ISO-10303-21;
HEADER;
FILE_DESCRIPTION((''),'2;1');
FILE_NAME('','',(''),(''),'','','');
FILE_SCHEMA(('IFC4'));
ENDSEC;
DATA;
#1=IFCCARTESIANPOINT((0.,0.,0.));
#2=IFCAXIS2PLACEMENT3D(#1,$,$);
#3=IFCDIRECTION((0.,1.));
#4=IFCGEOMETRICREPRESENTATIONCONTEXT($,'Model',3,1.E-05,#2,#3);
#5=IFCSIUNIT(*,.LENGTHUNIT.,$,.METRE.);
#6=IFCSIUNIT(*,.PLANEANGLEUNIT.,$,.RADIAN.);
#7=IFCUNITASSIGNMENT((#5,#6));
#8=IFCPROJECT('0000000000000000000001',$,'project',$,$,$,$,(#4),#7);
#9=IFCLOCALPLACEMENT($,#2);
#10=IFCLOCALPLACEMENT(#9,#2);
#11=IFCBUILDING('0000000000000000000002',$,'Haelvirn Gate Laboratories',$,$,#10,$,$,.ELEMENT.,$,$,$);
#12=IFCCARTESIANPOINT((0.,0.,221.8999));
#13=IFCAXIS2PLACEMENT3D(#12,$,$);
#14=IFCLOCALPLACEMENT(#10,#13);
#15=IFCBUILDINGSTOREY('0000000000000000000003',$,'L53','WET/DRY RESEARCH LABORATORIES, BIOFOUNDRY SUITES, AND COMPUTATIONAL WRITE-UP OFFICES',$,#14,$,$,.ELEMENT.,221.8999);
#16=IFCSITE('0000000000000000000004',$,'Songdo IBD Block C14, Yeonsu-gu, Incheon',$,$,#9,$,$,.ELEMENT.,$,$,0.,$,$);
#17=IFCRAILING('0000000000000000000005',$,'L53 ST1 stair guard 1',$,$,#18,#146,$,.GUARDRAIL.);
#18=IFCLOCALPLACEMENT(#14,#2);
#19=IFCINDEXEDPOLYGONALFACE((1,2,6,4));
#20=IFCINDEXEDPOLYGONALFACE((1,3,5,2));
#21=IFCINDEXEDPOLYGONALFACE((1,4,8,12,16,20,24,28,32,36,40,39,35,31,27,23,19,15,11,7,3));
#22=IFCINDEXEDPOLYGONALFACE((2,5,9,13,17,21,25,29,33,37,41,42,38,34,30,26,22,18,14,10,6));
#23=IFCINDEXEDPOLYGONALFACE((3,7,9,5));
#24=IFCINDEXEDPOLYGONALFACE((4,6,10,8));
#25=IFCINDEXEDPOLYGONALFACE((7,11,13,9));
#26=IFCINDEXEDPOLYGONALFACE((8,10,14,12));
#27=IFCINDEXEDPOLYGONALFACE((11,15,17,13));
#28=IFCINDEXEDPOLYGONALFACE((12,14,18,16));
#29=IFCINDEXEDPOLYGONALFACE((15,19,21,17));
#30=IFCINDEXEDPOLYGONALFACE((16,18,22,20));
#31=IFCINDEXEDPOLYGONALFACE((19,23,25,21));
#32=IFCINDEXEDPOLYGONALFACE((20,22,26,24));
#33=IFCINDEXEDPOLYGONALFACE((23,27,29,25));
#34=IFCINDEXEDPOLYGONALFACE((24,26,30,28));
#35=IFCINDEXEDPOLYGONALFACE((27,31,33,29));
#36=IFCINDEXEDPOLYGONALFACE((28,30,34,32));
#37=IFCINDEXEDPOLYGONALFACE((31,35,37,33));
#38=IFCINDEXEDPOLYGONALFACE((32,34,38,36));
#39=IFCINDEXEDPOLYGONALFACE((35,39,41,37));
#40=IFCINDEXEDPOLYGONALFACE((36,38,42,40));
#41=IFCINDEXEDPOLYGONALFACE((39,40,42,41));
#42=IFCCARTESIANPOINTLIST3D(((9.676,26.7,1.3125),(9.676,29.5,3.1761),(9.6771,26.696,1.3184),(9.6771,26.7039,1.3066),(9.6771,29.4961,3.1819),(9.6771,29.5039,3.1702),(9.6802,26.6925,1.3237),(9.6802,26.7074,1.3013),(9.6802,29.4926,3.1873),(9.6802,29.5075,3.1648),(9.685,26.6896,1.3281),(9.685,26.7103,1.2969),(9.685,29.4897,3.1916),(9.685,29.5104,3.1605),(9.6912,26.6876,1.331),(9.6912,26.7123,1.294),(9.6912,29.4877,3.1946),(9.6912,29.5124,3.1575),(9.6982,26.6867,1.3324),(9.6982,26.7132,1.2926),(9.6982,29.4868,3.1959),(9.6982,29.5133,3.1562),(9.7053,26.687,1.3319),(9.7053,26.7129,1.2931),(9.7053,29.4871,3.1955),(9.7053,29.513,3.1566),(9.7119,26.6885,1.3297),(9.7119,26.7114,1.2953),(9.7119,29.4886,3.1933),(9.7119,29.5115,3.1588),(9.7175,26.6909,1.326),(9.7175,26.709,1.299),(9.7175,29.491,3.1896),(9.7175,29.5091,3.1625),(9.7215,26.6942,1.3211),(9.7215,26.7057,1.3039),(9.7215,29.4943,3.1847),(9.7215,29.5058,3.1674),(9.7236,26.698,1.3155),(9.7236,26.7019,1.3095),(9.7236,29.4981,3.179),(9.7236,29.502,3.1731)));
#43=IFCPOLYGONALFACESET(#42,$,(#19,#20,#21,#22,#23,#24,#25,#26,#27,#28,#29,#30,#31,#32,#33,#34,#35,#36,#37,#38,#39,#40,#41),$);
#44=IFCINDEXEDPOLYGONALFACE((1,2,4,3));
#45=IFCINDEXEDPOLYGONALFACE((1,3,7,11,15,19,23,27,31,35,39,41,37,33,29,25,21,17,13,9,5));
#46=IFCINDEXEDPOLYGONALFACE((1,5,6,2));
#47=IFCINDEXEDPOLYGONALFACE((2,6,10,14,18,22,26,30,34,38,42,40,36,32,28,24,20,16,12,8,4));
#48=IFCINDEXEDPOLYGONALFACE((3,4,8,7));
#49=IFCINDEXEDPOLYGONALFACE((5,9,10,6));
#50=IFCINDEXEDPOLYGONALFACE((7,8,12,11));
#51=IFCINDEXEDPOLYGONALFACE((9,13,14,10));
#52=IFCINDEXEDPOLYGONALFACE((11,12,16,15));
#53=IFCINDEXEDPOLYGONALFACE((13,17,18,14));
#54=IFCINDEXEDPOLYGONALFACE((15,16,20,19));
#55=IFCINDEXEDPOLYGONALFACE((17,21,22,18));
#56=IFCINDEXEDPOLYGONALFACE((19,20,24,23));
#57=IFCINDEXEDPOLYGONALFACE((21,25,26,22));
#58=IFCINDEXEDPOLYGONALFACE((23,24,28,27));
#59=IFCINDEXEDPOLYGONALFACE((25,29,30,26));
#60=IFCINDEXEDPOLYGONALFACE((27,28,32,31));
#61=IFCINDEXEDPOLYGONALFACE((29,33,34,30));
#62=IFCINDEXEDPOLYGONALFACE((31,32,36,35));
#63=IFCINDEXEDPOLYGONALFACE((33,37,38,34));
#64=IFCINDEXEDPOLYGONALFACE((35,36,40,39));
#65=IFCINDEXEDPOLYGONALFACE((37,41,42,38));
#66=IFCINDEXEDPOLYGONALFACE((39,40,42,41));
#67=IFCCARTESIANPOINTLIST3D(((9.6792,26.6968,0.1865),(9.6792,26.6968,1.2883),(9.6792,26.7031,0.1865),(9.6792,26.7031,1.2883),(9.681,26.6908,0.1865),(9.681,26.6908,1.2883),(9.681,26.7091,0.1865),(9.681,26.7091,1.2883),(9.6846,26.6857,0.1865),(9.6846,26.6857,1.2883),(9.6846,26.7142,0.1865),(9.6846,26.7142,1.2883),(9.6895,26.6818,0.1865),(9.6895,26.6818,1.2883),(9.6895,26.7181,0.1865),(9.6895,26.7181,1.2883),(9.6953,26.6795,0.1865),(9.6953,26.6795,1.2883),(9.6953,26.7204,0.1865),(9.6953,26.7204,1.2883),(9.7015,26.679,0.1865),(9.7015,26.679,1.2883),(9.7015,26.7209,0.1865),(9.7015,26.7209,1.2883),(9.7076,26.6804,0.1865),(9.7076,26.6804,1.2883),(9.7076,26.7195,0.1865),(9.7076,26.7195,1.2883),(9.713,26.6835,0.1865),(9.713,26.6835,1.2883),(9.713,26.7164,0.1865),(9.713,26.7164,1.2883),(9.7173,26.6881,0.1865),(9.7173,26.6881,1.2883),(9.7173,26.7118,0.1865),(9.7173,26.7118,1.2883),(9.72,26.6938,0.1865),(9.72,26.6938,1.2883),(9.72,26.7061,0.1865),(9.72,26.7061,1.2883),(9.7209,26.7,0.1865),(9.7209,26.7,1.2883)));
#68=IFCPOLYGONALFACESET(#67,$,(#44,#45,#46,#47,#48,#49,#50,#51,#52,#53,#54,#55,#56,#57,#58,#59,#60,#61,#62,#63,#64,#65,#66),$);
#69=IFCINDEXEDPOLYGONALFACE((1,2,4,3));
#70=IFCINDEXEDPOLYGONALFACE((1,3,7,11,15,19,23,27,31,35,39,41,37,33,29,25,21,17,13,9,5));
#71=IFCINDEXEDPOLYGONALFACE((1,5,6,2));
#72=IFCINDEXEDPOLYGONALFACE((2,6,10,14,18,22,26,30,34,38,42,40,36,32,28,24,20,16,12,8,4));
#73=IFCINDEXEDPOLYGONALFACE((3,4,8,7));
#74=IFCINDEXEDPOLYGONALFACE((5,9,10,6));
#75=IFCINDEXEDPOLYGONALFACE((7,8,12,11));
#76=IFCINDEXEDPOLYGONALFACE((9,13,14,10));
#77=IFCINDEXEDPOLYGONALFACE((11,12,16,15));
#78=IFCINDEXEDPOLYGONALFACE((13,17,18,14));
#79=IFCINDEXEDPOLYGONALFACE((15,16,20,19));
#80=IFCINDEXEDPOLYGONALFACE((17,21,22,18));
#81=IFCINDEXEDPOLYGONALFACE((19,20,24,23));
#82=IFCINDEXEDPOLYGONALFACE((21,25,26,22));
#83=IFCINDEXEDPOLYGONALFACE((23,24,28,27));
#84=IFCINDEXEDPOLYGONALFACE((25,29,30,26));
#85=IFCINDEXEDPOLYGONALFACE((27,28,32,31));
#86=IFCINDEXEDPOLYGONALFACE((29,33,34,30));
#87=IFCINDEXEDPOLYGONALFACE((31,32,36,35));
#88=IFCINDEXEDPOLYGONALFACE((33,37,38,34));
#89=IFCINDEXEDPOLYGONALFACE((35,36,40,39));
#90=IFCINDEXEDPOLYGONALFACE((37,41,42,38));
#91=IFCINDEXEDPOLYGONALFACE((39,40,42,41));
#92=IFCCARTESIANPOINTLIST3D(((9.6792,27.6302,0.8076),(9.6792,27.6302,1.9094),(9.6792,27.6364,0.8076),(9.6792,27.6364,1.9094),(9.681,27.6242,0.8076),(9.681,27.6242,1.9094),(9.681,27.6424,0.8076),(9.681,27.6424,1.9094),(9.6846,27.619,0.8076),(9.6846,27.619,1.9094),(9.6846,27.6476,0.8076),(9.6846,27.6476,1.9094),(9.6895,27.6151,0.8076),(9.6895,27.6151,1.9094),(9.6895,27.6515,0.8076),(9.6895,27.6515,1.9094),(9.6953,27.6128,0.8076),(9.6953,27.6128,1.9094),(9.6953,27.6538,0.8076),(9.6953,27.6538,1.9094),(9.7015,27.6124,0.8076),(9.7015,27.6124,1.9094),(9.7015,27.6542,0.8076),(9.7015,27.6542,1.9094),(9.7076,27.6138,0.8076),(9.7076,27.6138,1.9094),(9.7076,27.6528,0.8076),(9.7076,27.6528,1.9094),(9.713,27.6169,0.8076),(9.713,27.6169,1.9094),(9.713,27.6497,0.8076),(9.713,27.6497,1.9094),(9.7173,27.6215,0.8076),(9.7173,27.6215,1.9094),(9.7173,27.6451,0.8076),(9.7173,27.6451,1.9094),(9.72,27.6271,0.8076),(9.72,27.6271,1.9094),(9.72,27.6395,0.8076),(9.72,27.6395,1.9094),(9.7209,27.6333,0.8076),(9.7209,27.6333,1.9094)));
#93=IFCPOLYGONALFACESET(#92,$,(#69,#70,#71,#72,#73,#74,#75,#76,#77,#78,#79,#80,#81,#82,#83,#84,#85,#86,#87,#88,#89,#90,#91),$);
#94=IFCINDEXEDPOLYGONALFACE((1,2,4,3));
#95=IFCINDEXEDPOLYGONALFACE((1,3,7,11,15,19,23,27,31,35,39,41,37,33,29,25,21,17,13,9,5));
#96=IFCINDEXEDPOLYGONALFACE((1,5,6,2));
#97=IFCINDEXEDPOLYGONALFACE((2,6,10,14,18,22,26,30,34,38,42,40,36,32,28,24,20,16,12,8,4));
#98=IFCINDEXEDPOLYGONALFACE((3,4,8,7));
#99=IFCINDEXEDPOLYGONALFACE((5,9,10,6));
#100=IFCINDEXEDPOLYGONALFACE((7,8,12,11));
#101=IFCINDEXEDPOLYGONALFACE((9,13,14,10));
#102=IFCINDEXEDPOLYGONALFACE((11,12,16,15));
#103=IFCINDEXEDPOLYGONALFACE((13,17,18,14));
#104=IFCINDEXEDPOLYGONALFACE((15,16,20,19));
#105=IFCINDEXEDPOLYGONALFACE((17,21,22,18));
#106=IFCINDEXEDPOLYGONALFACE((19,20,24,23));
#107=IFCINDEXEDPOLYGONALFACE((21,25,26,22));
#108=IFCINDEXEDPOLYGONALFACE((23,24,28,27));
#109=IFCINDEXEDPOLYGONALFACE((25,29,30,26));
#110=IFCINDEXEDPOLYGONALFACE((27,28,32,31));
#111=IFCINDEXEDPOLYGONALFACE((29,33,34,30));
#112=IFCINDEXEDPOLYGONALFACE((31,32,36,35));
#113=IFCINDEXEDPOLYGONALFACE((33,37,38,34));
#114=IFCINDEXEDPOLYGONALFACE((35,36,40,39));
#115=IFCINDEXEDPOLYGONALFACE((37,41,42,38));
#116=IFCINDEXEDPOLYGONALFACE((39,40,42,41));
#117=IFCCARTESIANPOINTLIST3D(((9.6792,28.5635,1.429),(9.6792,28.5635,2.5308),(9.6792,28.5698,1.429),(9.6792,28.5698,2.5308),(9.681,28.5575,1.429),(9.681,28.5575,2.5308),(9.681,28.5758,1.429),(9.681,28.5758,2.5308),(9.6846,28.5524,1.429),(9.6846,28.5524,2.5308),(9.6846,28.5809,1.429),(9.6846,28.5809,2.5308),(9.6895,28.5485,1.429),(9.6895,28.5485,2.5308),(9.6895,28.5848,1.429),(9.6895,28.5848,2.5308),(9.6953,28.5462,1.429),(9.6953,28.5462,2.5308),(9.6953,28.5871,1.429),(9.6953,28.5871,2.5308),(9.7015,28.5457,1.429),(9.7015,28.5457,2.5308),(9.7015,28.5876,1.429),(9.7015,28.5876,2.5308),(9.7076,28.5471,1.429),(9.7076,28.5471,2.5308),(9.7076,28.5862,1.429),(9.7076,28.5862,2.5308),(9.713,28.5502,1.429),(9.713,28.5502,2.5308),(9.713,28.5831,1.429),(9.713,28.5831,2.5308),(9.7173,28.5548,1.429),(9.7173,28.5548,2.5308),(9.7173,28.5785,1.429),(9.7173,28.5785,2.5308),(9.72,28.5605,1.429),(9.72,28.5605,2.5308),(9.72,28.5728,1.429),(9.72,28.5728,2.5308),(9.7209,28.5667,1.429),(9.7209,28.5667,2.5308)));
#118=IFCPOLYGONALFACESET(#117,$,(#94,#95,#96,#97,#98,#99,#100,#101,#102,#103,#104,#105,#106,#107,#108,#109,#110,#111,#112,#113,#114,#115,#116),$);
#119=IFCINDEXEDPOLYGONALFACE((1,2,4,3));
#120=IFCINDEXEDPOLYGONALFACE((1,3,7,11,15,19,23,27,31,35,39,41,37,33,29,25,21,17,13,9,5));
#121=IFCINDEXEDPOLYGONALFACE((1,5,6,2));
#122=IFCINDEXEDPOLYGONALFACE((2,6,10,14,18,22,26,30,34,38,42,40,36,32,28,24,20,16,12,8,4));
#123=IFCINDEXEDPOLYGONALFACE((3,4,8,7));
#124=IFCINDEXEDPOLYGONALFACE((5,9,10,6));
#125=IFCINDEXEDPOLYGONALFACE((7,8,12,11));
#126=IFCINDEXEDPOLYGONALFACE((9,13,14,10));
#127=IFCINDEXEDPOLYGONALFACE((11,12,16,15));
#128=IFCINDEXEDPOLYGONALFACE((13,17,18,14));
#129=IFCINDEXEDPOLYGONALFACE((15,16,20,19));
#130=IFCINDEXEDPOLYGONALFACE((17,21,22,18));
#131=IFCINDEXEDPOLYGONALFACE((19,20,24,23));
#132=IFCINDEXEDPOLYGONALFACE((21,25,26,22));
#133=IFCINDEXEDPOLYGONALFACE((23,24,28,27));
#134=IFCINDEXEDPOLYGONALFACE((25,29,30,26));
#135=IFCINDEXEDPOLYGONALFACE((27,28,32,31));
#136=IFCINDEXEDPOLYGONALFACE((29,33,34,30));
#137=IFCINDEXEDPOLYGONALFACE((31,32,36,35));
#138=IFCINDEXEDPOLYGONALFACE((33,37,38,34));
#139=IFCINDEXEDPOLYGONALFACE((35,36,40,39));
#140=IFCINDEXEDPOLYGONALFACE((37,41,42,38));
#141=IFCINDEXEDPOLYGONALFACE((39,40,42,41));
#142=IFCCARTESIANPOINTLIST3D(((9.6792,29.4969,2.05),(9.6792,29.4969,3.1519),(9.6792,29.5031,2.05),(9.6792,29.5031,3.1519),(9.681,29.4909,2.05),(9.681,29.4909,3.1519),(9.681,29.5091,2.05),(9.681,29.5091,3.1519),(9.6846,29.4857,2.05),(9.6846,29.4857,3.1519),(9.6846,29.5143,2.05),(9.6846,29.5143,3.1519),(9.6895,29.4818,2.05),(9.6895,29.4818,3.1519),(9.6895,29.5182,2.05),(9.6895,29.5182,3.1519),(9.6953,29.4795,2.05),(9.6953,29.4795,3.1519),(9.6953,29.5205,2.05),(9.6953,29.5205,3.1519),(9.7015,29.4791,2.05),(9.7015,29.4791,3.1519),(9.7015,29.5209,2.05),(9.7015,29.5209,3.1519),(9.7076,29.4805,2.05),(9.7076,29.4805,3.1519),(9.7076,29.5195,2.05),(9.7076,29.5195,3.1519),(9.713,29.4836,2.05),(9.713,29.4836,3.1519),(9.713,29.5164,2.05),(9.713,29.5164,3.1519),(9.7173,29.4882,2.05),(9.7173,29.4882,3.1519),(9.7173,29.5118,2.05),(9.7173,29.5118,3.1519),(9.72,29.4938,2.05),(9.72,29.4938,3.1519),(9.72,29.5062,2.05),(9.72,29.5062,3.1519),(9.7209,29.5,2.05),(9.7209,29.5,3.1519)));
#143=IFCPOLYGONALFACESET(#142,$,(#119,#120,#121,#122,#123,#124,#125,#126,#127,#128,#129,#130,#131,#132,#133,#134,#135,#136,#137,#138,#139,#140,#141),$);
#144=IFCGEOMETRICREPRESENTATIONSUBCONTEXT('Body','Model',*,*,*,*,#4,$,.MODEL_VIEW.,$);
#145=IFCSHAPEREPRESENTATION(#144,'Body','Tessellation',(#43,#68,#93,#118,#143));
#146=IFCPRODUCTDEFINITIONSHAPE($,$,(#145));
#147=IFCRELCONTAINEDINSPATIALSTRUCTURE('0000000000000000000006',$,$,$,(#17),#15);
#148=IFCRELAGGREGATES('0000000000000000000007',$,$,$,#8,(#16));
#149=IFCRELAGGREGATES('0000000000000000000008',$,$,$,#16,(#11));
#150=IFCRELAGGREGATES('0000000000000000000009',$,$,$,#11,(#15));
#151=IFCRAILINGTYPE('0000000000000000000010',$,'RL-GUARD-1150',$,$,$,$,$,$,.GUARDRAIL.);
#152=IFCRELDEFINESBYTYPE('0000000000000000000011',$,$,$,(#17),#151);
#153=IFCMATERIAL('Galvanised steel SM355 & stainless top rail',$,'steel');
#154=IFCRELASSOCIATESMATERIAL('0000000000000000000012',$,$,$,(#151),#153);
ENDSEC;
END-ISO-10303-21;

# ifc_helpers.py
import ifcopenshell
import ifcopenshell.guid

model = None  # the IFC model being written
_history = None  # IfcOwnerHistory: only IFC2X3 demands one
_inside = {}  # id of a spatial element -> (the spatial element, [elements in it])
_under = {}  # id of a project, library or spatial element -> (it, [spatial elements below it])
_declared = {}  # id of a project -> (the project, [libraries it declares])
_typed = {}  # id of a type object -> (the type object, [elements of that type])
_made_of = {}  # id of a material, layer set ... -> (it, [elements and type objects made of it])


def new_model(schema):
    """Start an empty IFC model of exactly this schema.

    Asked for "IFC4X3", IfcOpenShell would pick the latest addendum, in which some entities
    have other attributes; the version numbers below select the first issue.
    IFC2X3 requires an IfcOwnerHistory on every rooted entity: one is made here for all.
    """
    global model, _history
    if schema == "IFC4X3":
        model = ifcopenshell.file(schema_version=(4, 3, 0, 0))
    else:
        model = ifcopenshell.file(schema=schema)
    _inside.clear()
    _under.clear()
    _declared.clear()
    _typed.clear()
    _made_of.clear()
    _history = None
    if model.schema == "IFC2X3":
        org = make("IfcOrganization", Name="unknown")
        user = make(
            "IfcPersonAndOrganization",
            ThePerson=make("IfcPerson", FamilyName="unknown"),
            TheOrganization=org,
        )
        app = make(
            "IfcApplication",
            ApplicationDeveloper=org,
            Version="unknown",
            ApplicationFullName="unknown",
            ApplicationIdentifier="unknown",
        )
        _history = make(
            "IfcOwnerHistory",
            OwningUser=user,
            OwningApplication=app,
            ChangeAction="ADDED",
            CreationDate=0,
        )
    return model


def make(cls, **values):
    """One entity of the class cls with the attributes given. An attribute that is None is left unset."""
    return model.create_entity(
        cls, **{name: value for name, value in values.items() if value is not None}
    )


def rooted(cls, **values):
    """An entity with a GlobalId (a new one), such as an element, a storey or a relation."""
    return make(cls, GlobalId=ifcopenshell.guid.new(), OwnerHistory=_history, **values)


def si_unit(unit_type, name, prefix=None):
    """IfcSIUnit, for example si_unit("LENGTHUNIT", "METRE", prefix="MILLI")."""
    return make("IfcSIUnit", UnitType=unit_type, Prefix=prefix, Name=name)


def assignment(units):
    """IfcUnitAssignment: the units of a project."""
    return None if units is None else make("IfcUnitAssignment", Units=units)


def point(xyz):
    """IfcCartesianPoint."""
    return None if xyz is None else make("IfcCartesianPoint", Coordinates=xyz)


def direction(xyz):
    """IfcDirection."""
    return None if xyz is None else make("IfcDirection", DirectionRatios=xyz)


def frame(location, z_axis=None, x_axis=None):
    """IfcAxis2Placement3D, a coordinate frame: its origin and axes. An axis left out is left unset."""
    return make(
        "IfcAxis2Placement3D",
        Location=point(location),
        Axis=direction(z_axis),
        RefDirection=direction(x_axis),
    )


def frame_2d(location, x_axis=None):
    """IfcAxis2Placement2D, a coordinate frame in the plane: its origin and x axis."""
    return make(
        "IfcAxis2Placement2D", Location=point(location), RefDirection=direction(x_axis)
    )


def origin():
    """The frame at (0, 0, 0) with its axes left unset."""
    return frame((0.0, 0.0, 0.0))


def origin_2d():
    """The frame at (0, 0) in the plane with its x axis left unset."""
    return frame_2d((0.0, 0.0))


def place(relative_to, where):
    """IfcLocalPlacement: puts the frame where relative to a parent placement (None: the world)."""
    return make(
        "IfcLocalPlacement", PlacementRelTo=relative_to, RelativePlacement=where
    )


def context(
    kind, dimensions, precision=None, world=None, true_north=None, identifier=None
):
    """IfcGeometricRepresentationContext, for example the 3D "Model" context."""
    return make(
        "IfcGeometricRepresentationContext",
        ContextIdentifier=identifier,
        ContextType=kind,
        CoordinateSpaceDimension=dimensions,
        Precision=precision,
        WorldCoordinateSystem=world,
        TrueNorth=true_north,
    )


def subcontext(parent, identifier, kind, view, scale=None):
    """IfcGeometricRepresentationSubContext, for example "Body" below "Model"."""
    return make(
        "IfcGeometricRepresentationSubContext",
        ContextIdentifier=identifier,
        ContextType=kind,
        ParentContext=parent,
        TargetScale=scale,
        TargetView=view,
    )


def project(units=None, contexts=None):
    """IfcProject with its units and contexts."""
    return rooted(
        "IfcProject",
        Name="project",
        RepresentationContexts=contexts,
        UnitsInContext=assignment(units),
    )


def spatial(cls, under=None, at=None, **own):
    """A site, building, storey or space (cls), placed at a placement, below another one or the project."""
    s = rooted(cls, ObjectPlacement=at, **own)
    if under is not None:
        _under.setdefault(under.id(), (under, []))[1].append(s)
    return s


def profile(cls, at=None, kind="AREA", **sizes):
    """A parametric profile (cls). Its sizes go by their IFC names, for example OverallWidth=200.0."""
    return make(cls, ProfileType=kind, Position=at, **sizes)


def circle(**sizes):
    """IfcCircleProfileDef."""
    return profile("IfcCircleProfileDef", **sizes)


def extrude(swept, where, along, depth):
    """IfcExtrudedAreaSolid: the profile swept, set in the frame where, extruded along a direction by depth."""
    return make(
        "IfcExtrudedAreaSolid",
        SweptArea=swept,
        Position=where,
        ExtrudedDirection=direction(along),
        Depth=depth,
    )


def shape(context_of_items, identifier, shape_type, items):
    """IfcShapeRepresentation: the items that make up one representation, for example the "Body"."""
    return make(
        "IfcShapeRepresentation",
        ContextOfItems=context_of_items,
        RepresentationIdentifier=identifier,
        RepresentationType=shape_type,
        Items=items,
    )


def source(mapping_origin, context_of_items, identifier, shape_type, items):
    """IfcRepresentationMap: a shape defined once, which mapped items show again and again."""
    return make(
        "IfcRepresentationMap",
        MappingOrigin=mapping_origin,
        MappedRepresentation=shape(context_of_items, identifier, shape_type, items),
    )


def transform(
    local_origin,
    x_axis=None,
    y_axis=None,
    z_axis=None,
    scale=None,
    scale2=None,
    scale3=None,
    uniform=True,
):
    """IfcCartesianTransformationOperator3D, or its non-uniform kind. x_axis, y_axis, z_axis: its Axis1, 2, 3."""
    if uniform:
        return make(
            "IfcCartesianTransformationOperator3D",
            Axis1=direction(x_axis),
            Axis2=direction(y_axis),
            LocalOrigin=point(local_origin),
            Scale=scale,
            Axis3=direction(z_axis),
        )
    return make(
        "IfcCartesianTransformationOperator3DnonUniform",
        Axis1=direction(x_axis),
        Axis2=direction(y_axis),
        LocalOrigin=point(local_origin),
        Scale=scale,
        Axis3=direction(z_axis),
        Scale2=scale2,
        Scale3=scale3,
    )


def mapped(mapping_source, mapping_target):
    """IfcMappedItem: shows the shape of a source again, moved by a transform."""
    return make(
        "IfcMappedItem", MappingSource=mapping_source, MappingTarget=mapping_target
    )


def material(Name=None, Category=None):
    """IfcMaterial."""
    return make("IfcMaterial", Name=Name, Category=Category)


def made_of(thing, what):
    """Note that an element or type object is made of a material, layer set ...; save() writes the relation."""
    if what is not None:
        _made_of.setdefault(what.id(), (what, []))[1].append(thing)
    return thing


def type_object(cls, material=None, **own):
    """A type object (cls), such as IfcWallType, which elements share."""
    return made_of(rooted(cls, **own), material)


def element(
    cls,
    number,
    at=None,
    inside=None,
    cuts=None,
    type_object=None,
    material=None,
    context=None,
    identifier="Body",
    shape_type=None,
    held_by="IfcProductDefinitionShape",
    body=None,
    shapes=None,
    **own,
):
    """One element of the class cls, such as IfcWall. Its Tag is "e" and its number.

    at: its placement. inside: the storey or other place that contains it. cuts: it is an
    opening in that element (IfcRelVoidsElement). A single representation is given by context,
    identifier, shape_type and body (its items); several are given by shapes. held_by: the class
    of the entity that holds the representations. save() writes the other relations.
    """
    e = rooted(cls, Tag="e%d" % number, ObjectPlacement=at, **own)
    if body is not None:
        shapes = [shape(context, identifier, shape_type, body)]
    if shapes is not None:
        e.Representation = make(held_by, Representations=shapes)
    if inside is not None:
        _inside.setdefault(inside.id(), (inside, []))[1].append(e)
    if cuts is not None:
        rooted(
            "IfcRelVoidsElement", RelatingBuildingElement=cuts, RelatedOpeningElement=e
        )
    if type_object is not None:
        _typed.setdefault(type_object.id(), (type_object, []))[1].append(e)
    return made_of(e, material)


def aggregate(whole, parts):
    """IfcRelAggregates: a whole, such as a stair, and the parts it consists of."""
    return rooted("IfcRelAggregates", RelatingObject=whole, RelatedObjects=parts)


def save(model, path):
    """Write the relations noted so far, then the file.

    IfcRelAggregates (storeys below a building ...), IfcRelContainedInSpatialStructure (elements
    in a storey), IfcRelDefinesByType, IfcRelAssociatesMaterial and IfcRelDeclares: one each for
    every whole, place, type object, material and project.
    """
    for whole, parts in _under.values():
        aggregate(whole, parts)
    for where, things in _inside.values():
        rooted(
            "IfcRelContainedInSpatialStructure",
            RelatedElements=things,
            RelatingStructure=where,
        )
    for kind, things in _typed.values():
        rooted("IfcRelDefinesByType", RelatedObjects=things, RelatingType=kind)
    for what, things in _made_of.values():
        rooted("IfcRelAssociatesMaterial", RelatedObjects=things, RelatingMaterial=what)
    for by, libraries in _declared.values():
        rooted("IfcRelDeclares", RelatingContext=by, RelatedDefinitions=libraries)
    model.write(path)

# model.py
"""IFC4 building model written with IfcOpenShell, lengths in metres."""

from ifc_helpers import new_model, si_unit, direction, frame, origin, origin_2d, place, context, subcontext, project, spatial, circle, extrude, source, transform, mapped, material, type_object, element, save


model = new_model("IFC4")

# Units and contexts
model_context = context("Model", 3, precision=1e-05, world=origin(), true_north=direction((0.0, 1.0)))
body_context = subcontext(model_context, "Body", "Model", "MODEL_VIEW")
ifc_project = project(units=[si_unit("LENGTHUNIT", "METRE"), si_unit("PLANEANGLEUNIT", "RADIAN")], contexts=[model_context])

# Site, building, storey
site_placement = place(None, origin())
site = spatial("IfcSite", under=ifc_project, at=site_placement, Name="Songdo IBD Block C14, Yeonsu-gu, Incheon", CompositionType="ELEMENT", RefElevation=0.0)
building_placement = place(site_placement, origin())
building = spatial("IfcBuilding", under=site, at=building_placement, Name="Haelvirn Gate Laboratories", CompositionType="ELEMENT")
storey_placement = place(building_placement, frame((0.0, 0.0, 221.8999)))
storey = spatial("IfcBuildingStorey", under=building, at=storey_placement, Name="L53", Description="WET/DRY RESEARCH LABORATORIES, BIOFOUNDRY SUITES, AND COMPUTATIONAL WRITE-UP OFFICES", CompositionType="ELEMENT", Elevation=221.8999)

# Railing
ifc_material_1 = material(Name="Galvanised steel SM355 & stainless top rail", Category="steel")
railing_type_1 = type_object("IfcRailingType", Name="RL-GUARD-1150", PredefinedType="GUARDRAIL", material=ifc_material_1)
shared_shape_1 = source(origin(), body_context, "Body", "SweptSolid", [
    extrude(circle(Radius=0.0239, at=origin_2d()), frame((0.0, 0.0, 1.126), z_axis=(0.0, 0.832486, 0.554047), x_axis=(-1.0, 0.0, 0.0)), (0.0, 0.0, 1.0), 3.3635),
    extrude(circle(Radius=0.021, at=origin_2d()), origin(), (0.0, 0.0, 1.0), 1.1018),
    extrude(circle(Radius=0.021, at=origin_2d()), frame((0.0, 0.9333, 0.6211)), (0.0, 0.0, 1.0), 1.1018),
    extrude(circle(Radius=0.021, at=origin_2d()), frame((0.0, 1.8667, 1.2424)), (0.0, 0.0, 1.0), 1.1018),
    extrude(circle(Radius=0.021, at=origin_2d()), frame((0.0, 2.8, 1.8635)), (0.0, 0.0, 1.0), 1.1018),
])
railing_1_placement = place(storey_placement, frame((9.7, 26.7, 0.1865)))
element("IfcRailing", 1, at=railing_1_placement, inside=storey, type_object=railing_type_1, Name="L53 ST1 stair guard 1", PredefinedType="GUARDRAIL", context=body_context, shape_type="MappedRepresentation", body=[
    mapped(shared_shape_1, transform((0.0, 0.0, 0.0), scale=1.0)),
])

save(model, "model.ifc")
